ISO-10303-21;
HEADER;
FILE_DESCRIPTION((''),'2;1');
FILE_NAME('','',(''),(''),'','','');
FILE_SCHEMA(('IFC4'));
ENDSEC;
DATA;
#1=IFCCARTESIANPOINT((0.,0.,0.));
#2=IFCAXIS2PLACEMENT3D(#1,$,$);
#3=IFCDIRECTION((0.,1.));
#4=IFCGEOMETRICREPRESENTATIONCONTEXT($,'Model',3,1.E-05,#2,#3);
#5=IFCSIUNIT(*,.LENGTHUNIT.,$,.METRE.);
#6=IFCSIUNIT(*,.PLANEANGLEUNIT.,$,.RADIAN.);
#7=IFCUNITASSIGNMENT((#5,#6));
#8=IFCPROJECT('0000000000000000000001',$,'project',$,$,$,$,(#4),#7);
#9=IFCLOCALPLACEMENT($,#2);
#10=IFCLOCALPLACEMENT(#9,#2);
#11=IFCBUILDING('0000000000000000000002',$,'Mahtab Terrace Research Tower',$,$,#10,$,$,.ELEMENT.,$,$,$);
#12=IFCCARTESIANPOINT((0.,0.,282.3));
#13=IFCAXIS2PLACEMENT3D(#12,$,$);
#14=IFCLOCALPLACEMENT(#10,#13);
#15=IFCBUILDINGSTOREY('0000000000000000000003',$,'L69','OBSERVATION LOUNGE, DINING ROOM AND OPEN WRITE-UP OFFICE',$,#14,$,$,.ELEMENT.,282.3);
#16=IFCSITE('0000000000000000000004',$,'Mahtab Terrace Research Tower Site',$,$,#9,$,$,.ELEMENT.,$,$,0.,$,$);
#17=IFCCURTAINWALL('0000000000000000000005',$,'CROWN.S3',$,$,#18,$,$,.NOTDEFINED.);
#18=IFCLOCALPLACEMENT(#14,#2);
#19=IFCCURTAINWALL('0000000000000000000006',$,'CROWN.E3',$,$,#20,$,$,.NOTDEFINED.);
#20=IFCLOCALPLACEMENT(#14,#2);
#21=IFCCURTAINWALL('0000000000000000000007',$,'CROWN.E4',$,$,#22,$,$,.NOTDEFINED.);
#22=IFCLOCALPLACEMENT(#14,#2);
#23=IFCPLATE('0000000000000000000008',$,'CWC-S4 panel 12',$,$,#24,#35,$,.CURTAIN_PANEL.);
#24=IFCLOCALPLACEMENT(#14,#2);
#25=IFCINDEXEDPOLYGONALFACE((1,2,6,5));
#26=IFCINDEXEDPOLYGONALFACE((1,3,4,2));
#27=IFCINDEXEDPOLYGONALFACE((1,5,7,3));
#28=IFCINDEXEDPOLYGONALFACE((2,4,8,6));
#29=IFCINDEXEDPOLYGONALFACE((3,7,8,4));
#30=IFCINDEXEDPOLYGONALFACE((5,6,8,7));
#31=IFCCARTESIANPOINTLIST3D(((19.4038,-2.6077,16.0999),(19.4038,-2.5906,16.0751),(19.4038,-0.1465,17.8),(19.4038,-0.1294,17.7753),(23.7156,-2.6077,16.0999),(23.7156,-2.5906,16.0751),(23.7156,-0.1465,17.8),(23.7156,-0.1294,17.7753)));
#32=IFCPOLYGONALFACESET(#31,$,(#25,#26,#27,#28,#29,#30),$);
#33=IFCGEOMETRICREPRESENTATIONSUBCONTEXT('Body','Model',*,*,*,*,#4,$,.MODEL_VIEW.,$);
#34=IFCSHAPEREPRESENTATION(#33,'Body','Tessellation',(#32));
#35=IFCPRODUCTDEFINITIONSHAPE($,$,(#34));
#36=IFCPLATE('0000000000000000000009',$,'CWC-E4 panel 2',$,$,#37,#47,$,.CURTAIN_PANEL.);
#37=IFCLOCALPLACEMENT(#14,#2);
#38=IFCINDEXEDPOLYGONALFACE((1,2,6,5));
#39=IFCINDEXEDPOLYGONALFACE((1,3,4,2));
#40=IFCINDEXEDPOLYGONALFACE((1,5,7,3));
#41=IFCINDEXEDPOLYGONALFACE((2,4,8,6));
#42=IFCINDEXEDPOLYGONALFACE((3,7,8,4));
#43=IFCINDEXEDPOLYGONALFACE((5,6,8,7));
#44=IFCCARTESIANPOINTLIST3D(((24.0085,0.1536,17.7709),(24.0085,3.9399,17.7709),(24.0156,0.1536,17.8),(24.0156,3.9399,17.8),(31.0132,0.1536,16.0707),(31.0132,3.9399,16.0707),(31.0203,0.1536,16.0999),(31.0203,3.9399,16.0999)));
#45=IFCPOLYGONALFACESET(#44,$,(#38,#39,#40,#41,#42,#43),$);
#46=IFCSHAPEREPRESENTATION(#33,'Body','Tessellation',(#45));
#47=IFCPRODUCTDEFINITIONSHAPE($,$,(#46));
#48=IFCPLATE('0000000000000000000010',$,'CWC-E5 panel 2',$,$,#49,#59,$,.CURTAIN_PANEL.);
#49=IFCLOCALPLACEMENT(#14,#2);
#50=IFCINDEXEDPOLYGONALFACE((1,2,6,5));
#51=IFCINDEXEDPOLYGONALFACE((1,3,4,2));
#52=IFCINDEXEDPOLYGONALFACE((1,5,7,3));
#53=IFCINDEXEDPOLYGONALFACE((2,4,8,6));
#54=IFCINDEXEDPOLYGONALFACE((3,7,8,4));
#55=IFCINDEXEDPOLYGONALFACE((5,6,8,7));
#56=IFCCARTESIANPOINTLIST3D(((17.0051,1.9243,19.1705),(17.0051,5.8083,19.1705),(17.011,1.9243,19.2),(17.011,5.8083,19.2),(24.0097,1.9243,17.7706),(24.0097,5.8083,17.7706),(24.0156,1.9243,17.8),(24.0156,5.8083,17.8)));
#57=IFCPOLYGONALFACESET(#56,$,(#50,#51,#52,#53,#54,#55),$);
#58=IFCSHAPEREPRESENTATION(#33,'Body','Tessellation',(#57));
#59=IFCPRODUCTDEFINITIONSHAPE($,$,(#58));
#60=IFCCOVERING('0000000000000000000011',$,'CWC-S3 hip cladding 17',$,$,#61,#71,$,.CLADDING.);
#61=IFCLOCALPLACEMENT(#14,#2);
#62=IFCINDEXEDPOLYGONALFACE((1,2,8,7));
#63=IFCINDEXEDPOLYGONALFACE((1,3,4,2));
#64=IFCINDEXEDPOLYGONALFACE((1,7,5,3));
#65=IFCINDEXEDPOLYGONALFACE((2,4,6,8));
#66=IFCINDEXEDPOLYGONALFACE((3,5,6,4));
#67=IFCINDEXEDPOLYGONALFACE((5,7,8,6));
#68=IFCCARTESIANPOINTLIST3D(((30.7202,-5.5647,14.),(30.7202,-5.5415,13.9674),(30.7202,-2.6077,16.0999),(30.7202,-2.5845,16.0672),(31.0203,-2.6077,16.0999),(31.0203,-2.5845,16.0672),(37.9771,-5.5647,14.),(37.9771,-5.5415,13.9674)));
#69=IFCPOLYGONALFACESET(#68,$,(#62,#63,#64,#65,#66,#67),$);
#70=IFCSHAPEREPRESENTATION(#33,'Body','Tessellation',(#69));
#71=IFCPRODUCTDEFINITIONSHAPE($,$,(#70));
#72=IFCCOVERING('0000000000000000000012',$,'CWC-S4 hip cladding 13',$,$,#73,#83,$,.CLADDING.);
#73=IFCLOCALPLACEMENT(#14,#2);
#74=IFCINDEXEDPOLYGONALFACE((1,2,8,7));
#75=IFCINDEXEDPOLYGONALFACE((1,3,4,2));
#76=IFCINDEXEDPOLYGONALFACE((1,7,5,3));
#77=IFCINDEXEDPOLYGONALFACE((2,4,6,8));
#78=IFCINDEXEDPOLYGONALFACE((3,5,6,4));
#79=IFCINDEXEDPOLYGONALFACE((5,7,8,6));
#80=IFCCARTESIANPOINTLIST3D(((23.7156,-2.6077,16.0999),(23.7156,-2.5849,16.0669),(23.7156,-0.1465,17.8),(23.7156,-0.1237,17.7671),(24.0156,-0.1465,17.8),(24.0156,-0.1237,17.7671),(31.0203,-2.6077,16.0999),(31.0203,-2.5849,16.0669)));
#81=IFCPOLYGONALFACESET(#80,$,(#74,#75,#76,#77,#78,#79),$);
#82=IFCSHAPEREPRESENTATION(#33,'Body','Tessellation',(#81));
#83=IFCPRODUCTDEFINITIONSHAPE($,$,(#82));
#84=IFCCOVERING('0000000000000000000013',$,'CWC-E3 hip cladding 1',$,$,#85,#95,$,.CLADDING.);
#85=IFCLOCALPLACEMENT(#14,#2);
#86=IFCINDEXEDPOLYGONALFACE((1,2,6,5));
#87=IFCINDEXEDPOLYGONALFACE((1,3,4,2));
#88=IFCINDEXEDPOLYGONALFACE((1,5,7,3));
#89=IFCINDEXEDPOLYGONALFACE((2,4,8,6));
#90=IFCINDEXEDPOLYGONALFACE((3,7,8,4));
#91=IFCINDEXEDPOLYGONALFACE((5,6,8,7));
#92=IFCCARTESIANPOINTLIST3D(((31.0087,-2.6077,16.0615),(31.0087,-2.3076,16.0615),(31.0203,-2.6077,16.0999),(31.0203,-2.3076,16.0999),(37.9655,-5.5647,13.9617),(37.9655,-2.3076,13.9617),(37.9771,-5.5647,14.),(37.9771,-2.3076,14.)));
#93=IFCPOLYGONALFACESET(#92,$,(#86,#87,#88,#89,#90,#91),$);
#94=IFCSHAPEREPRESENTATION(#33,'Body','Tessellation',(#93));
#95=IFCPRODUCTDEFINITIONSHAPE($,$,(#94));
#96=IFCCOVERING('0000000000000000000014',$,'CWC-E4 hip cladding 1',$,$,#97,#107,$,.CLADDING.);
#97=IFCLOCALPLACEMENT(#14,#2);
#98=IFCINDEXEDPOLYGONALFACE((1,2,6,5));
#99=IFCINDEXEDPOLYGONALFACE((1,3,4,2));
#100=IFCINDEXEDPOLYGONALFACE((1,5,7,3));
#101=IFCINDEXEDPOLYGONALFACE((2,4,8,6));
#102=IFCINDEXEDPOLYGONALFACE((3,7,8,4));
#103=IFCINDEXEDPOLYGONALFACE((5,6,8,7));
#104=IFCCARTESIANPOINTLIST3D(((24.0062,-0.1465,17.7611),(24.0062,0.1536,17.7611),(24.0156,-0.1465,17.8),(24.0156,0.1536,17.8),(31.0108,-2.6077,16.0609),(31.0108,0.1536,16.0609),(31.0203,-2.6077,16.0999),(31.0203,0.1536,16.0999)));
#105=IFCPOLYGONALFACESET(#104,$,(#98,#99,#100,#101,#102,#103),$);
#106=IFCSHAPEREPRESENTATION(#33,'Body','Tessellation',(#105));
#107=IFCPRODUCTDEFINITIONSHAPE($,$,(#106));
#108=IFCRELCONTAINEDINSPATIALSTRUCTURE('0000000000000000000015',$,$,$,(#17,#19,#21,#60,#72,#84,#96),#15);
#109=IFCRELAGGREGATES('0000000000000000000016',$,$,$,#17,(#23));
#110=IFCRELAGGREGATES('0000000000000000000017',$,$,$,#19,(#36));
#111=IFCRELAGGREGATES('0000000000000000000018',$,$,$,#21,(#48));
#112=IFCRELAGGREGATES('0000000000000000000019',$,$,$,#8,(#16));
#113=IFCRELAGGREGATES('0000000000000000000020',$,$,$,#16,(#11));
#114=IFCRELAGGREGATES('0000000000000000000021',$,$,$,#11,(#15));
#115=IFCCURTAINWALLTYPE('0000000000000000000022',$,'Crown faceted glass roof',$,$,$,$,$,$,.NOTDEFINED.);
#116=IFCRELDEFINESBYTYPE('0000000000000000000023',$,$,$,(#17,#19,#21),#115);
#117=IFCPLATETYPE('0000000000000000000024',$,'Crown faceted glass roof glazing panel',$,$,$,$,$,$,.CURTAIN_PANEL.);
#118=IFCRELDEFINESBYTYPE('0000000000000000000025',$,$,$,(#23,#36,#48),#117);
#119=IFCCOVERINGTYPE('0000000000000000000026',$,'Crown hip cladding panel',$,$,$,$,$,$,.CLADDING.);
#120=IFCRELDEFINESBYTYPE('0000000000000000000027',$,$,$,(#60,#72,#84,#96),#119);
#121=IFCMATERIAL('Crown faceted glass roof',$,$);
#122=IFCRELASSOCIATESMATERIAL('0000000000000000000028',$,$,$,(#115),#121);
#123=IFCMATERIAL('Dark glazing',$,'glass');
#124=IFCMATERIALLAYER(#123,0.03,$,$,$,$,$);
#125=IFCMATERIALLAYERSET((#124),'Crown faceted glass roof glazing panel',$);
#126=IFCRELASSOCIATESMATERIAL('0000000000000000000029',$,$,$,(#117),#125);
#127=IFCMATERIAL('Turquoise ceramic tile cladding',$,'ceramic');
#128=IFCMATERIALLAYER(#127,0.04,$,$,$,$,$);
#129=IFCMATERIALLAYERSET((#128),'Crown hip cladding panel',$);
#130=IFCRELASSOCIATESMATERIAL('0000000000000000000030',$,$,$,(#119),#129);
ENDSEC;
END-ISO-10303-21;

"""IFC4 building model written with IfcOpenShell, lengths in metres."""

from ifc_helpers import new_model, si_unit, direction, frame, origin, place, context, subcontext, project, spatial, polyline, outline, extrude, material, layer, layer_set, type_object, element, aggregate, save


model = new_model("IFC4")

# Units and contexts
model_context = context("Model", 3, precision=1e-05, world=origin(), true_north=direction((0.0, 1.0)))
body_context = subcontext(model_context, "Body", "Model", "MODEL_VIEW")
ifc_project = project(units=[si_unit("LENGTHUNIT", "METRE"), si_unit("PLANEANGLEUNIT", "RADIAN")], contexts=[model_context])

# Site, building, storey
site_placement = place(None, origin())
site = spatial("IfcSite", under=ifc_project, at=site_placement, Name="Mahtab Terrace Research Tower Site", CompositionType="ELEMENT", RefElevation=0.0)
building_placement = place(site_placement, origin())
building = spatial("IfcBuilding", under=site, at=building_placement, Name="Mahtab Terrace Research Tower", CompositionType="ELEMENT")
storey_placement = place(building_placement, frame((0.0, 0.0, 282.3)))
storey = spatial("IfcBuildingStorey", under=building, at=storey_placement, Name="L69", Description="OBSERVATION LOUNGE, DINING ROOM AND OPEN WRITE-UP OFFICE", CompositionType="ELEMENT", Elevation=282.3)

# Shared definitions
ifc_material_1 = material(Name="Crown faceted glass roof")
curtain_wall_type = type_object("IfcCurtainWallType", Name="Crown faceted glass roof", PredefinedType="NOTDEFINED", material=ifc_material_1)

# Curtain walls
curtain_wall_1_placement = place(storey_placement, origin())
curtain_wall_1 = element("IfcCurtainWall", 1, at=curtain_wall_1_placement, inside=storey, type_object=curtain_wall_type, Name="CROWN.S3", PredefinedType="NOTDEFINED")
curtain_wall_2_placement = place(storey_placement, origin())
curtain_wall_2 = element("IfcCurtainWall", 2, at=curtain_wall_2_placement, inside=storey, type_object=curtain_wall_type, Name="CROWN.E3", PredefinedType="NOTDEFINED")
curtain_wall_3_placement = place(storey_placement, origin())
curtain_wall_3 = element("IfcCurtainWall", 3, at=curtain_wall_3_placement, inside=storey, type_object=curtain_wall_type, Name="CROWN.E4", PredefinedType="NOTDEFINED")

# Plates
ifc_material_2 = material(Name="Dark glazing", Category="glass")
ifc_layer_1 = layer(ifc_material_2, 0.03)
ifc_layer_set_1 = layer_set([ifc_layer_1], Name="Crown faceted glass roof glazing panel")
plate_type = type_object("IfcPlateType", Name="Crown faceted glass roof glazing panel", PredefinedType="CURTAIN_PANEL", material=ifc_layer_set_1)
plate_1_placement = place(storey_placement, frame((23.7156, -2.6077, 16.0999), z_axis=(0.0, -0.568374, 0.822771), x_axis=(0.0, 0.822771, 0.568374)))
plate_1 = element("IfcPlate", 4, at=plate_1_placement, type_object=plate_type, Name="CWC-S4 panel 12", PredefinedType="CURTAIN_PANEL", context=body_context, shape_type="SweptSolid", body=[
    extrude(outline(polyline([(0.0, 0.0), (2.9913, 0.0), (2.9913, 4.3118), (0.0, 4.3118), (0.0, 0.0)])), origin(), (0.0, 0.0, -1.0), 0.03),
])
aggregate(curtain_wall_1, [plate_1])
plate_2_placement = place(storey_placement, frame((31.0203, 0.1536, 16.0999), z_axis=(0.235875, 0.0, 0.971783), x_axis=(0.0, 1.0, 0.0)))
plate_2 = element("IfcPlate", 5, at=plate_2_placement, type_object=plate_type, Name="CWC-E4 panel 2", PredefinedType="CURTAIN_PANEL", context=body_context, shape_type="SweptSolid", body=[
    extrude(outline(polyline([(0.0, 0.0), (3.7864, 0.0), (3.7864, 7.208), (0.0, 7.208), (0.0, 0.0)])), origin(), (0.0, 0.0, -1.0), 0.03),
])
aggregate(curtain_wall_2, [plate_2])
plate_3_placement = place(storey_placement, frame((24.0156, 1.9243, 17.8), z_axis=(0.195978, 0.0, 0.980608), x_axis=(0.0, 1.0, 0.0)))
plate_3 = element("IfcPlate", 6, at=plate_3_placement, type_object=plate_type, Name="CWC-E5 panel 2", PredefinedType="CURTAIN_PANEL", context=body_context, shape_type="SweptSolid", body=[
    extrude(outline(polyline([(0.0, 0.0), (3.884, 0.0), (3.884, 7.1432), (0.0, 7.1432), (0.0, 0.0)])), origin(), (0.0, 0.0, -1.0), 0.03),
])
aggregate(curtain_wall_3, [plate_3])

# Coverings
ifc_material_3 = material(Name="Turquoise ceramic tile cladding", Category="ceramic")
ifc_layer_2 = layer(ifc_material_3, 0.04)
ifc_layer_set_2 = layer_set([ifc_layer_2], Name="Crown hip cladding panel")
covering_type = type_object("IfcCoveringType", Name="Crown hip cladding panel", PredefinedType="CLADDING", material=ifc_layer_set_2)
covering_1_placement = place(storey_placement, frame((31.0203, -2.6077, 16.0999), z_axis=(0.0, -0.578988, 0.815336), x_axis=(0.886735, -0.376913, -0.267654)))
element("IfcCovering", 7, at=covering_1_placement, inside=storey, type_object=covering_type, Name="CWC-S3 hip cladding 17", PredefinedType="CLADDING", context=body_context, shape_type="SweptSolid", body=[
    extrude(outline(polyline([(0.0, 0.0), (7.8454, 0.0), (1.4105, -3.3547), (-0.2661, -0.1387), (0.0, 0.0)])), origin(), (0.0, 0.0, -1.0), 0.04),
])
covering_2_placement = place(storey_placement, frame((24.0156, -0.1465, 17.8), z_axis=(0.0, -0.568374, 0.822771), x_axis=(0.919651, -0.323133, -0.223221)))
element("IfcCovering", 8, at=covering_2_placement, inside=storey, type_object=covering_type, Name="CWC-S4 hip cladding 13", PredefinedType="CLADDING", context=body_context, shape_type="SweptSolid", body=[
    extrude(outline(polyline([(0.0, 0.0), (7.6166, 0.0), (0.8989, -2.8688), (-0.2759, -0.1178), (0.0, 0.0)])), origin(), (0.0, 0.0, -1.0), 0.04),
])
covering_3_placement = place(storey_placement, frame((31.0203, -2.6077, 16.0999), z_axis=(0.288966, 0.0, 0.957339), x_axis=(0.0, 1.0, 0.0)))
element("IfcCovering", 9, at=covering_3_placement, inside=storey, type_object=covering_type, Name="CWC-E3 hip cladding 1", PredefinedType="CLADDING", context=body_context, shape_type="SweptSolid", body=[
    extrude(outline(polyline([(0.0, 0.0), (0.3, 0.0), (0.3, -7.2668), (-2.957, -7.2668), (0.0, 0.0)])), origin(), (0.0, 0.0, -1.0), 0.04),
])
covering_4_placement = place(storey_placement, frame((24.0156, -0.1465, 17.8), z_axis=(0.235875, 0.0, 0.971783), x_axis=(0.0, 1.0, 0.0)))
element("IfcCovering", 10, at=covering_4_placement, inside=storey, type_object=covering_type, Name="CWC-E4 hip cladding 1", PredefinedType="CLADDING", context=body_context, shape_type="SweptSolid", body=[
    extrude(outline(polyline([(0.0, 0.0), (0.3, 0.0), (0.3, -7.208), (-2.4612, -7.208), (0.0, 0.0)])), origin(), (0.0, 0.0, -1.0), 0.04),
])

save(model, "model.ifc")
